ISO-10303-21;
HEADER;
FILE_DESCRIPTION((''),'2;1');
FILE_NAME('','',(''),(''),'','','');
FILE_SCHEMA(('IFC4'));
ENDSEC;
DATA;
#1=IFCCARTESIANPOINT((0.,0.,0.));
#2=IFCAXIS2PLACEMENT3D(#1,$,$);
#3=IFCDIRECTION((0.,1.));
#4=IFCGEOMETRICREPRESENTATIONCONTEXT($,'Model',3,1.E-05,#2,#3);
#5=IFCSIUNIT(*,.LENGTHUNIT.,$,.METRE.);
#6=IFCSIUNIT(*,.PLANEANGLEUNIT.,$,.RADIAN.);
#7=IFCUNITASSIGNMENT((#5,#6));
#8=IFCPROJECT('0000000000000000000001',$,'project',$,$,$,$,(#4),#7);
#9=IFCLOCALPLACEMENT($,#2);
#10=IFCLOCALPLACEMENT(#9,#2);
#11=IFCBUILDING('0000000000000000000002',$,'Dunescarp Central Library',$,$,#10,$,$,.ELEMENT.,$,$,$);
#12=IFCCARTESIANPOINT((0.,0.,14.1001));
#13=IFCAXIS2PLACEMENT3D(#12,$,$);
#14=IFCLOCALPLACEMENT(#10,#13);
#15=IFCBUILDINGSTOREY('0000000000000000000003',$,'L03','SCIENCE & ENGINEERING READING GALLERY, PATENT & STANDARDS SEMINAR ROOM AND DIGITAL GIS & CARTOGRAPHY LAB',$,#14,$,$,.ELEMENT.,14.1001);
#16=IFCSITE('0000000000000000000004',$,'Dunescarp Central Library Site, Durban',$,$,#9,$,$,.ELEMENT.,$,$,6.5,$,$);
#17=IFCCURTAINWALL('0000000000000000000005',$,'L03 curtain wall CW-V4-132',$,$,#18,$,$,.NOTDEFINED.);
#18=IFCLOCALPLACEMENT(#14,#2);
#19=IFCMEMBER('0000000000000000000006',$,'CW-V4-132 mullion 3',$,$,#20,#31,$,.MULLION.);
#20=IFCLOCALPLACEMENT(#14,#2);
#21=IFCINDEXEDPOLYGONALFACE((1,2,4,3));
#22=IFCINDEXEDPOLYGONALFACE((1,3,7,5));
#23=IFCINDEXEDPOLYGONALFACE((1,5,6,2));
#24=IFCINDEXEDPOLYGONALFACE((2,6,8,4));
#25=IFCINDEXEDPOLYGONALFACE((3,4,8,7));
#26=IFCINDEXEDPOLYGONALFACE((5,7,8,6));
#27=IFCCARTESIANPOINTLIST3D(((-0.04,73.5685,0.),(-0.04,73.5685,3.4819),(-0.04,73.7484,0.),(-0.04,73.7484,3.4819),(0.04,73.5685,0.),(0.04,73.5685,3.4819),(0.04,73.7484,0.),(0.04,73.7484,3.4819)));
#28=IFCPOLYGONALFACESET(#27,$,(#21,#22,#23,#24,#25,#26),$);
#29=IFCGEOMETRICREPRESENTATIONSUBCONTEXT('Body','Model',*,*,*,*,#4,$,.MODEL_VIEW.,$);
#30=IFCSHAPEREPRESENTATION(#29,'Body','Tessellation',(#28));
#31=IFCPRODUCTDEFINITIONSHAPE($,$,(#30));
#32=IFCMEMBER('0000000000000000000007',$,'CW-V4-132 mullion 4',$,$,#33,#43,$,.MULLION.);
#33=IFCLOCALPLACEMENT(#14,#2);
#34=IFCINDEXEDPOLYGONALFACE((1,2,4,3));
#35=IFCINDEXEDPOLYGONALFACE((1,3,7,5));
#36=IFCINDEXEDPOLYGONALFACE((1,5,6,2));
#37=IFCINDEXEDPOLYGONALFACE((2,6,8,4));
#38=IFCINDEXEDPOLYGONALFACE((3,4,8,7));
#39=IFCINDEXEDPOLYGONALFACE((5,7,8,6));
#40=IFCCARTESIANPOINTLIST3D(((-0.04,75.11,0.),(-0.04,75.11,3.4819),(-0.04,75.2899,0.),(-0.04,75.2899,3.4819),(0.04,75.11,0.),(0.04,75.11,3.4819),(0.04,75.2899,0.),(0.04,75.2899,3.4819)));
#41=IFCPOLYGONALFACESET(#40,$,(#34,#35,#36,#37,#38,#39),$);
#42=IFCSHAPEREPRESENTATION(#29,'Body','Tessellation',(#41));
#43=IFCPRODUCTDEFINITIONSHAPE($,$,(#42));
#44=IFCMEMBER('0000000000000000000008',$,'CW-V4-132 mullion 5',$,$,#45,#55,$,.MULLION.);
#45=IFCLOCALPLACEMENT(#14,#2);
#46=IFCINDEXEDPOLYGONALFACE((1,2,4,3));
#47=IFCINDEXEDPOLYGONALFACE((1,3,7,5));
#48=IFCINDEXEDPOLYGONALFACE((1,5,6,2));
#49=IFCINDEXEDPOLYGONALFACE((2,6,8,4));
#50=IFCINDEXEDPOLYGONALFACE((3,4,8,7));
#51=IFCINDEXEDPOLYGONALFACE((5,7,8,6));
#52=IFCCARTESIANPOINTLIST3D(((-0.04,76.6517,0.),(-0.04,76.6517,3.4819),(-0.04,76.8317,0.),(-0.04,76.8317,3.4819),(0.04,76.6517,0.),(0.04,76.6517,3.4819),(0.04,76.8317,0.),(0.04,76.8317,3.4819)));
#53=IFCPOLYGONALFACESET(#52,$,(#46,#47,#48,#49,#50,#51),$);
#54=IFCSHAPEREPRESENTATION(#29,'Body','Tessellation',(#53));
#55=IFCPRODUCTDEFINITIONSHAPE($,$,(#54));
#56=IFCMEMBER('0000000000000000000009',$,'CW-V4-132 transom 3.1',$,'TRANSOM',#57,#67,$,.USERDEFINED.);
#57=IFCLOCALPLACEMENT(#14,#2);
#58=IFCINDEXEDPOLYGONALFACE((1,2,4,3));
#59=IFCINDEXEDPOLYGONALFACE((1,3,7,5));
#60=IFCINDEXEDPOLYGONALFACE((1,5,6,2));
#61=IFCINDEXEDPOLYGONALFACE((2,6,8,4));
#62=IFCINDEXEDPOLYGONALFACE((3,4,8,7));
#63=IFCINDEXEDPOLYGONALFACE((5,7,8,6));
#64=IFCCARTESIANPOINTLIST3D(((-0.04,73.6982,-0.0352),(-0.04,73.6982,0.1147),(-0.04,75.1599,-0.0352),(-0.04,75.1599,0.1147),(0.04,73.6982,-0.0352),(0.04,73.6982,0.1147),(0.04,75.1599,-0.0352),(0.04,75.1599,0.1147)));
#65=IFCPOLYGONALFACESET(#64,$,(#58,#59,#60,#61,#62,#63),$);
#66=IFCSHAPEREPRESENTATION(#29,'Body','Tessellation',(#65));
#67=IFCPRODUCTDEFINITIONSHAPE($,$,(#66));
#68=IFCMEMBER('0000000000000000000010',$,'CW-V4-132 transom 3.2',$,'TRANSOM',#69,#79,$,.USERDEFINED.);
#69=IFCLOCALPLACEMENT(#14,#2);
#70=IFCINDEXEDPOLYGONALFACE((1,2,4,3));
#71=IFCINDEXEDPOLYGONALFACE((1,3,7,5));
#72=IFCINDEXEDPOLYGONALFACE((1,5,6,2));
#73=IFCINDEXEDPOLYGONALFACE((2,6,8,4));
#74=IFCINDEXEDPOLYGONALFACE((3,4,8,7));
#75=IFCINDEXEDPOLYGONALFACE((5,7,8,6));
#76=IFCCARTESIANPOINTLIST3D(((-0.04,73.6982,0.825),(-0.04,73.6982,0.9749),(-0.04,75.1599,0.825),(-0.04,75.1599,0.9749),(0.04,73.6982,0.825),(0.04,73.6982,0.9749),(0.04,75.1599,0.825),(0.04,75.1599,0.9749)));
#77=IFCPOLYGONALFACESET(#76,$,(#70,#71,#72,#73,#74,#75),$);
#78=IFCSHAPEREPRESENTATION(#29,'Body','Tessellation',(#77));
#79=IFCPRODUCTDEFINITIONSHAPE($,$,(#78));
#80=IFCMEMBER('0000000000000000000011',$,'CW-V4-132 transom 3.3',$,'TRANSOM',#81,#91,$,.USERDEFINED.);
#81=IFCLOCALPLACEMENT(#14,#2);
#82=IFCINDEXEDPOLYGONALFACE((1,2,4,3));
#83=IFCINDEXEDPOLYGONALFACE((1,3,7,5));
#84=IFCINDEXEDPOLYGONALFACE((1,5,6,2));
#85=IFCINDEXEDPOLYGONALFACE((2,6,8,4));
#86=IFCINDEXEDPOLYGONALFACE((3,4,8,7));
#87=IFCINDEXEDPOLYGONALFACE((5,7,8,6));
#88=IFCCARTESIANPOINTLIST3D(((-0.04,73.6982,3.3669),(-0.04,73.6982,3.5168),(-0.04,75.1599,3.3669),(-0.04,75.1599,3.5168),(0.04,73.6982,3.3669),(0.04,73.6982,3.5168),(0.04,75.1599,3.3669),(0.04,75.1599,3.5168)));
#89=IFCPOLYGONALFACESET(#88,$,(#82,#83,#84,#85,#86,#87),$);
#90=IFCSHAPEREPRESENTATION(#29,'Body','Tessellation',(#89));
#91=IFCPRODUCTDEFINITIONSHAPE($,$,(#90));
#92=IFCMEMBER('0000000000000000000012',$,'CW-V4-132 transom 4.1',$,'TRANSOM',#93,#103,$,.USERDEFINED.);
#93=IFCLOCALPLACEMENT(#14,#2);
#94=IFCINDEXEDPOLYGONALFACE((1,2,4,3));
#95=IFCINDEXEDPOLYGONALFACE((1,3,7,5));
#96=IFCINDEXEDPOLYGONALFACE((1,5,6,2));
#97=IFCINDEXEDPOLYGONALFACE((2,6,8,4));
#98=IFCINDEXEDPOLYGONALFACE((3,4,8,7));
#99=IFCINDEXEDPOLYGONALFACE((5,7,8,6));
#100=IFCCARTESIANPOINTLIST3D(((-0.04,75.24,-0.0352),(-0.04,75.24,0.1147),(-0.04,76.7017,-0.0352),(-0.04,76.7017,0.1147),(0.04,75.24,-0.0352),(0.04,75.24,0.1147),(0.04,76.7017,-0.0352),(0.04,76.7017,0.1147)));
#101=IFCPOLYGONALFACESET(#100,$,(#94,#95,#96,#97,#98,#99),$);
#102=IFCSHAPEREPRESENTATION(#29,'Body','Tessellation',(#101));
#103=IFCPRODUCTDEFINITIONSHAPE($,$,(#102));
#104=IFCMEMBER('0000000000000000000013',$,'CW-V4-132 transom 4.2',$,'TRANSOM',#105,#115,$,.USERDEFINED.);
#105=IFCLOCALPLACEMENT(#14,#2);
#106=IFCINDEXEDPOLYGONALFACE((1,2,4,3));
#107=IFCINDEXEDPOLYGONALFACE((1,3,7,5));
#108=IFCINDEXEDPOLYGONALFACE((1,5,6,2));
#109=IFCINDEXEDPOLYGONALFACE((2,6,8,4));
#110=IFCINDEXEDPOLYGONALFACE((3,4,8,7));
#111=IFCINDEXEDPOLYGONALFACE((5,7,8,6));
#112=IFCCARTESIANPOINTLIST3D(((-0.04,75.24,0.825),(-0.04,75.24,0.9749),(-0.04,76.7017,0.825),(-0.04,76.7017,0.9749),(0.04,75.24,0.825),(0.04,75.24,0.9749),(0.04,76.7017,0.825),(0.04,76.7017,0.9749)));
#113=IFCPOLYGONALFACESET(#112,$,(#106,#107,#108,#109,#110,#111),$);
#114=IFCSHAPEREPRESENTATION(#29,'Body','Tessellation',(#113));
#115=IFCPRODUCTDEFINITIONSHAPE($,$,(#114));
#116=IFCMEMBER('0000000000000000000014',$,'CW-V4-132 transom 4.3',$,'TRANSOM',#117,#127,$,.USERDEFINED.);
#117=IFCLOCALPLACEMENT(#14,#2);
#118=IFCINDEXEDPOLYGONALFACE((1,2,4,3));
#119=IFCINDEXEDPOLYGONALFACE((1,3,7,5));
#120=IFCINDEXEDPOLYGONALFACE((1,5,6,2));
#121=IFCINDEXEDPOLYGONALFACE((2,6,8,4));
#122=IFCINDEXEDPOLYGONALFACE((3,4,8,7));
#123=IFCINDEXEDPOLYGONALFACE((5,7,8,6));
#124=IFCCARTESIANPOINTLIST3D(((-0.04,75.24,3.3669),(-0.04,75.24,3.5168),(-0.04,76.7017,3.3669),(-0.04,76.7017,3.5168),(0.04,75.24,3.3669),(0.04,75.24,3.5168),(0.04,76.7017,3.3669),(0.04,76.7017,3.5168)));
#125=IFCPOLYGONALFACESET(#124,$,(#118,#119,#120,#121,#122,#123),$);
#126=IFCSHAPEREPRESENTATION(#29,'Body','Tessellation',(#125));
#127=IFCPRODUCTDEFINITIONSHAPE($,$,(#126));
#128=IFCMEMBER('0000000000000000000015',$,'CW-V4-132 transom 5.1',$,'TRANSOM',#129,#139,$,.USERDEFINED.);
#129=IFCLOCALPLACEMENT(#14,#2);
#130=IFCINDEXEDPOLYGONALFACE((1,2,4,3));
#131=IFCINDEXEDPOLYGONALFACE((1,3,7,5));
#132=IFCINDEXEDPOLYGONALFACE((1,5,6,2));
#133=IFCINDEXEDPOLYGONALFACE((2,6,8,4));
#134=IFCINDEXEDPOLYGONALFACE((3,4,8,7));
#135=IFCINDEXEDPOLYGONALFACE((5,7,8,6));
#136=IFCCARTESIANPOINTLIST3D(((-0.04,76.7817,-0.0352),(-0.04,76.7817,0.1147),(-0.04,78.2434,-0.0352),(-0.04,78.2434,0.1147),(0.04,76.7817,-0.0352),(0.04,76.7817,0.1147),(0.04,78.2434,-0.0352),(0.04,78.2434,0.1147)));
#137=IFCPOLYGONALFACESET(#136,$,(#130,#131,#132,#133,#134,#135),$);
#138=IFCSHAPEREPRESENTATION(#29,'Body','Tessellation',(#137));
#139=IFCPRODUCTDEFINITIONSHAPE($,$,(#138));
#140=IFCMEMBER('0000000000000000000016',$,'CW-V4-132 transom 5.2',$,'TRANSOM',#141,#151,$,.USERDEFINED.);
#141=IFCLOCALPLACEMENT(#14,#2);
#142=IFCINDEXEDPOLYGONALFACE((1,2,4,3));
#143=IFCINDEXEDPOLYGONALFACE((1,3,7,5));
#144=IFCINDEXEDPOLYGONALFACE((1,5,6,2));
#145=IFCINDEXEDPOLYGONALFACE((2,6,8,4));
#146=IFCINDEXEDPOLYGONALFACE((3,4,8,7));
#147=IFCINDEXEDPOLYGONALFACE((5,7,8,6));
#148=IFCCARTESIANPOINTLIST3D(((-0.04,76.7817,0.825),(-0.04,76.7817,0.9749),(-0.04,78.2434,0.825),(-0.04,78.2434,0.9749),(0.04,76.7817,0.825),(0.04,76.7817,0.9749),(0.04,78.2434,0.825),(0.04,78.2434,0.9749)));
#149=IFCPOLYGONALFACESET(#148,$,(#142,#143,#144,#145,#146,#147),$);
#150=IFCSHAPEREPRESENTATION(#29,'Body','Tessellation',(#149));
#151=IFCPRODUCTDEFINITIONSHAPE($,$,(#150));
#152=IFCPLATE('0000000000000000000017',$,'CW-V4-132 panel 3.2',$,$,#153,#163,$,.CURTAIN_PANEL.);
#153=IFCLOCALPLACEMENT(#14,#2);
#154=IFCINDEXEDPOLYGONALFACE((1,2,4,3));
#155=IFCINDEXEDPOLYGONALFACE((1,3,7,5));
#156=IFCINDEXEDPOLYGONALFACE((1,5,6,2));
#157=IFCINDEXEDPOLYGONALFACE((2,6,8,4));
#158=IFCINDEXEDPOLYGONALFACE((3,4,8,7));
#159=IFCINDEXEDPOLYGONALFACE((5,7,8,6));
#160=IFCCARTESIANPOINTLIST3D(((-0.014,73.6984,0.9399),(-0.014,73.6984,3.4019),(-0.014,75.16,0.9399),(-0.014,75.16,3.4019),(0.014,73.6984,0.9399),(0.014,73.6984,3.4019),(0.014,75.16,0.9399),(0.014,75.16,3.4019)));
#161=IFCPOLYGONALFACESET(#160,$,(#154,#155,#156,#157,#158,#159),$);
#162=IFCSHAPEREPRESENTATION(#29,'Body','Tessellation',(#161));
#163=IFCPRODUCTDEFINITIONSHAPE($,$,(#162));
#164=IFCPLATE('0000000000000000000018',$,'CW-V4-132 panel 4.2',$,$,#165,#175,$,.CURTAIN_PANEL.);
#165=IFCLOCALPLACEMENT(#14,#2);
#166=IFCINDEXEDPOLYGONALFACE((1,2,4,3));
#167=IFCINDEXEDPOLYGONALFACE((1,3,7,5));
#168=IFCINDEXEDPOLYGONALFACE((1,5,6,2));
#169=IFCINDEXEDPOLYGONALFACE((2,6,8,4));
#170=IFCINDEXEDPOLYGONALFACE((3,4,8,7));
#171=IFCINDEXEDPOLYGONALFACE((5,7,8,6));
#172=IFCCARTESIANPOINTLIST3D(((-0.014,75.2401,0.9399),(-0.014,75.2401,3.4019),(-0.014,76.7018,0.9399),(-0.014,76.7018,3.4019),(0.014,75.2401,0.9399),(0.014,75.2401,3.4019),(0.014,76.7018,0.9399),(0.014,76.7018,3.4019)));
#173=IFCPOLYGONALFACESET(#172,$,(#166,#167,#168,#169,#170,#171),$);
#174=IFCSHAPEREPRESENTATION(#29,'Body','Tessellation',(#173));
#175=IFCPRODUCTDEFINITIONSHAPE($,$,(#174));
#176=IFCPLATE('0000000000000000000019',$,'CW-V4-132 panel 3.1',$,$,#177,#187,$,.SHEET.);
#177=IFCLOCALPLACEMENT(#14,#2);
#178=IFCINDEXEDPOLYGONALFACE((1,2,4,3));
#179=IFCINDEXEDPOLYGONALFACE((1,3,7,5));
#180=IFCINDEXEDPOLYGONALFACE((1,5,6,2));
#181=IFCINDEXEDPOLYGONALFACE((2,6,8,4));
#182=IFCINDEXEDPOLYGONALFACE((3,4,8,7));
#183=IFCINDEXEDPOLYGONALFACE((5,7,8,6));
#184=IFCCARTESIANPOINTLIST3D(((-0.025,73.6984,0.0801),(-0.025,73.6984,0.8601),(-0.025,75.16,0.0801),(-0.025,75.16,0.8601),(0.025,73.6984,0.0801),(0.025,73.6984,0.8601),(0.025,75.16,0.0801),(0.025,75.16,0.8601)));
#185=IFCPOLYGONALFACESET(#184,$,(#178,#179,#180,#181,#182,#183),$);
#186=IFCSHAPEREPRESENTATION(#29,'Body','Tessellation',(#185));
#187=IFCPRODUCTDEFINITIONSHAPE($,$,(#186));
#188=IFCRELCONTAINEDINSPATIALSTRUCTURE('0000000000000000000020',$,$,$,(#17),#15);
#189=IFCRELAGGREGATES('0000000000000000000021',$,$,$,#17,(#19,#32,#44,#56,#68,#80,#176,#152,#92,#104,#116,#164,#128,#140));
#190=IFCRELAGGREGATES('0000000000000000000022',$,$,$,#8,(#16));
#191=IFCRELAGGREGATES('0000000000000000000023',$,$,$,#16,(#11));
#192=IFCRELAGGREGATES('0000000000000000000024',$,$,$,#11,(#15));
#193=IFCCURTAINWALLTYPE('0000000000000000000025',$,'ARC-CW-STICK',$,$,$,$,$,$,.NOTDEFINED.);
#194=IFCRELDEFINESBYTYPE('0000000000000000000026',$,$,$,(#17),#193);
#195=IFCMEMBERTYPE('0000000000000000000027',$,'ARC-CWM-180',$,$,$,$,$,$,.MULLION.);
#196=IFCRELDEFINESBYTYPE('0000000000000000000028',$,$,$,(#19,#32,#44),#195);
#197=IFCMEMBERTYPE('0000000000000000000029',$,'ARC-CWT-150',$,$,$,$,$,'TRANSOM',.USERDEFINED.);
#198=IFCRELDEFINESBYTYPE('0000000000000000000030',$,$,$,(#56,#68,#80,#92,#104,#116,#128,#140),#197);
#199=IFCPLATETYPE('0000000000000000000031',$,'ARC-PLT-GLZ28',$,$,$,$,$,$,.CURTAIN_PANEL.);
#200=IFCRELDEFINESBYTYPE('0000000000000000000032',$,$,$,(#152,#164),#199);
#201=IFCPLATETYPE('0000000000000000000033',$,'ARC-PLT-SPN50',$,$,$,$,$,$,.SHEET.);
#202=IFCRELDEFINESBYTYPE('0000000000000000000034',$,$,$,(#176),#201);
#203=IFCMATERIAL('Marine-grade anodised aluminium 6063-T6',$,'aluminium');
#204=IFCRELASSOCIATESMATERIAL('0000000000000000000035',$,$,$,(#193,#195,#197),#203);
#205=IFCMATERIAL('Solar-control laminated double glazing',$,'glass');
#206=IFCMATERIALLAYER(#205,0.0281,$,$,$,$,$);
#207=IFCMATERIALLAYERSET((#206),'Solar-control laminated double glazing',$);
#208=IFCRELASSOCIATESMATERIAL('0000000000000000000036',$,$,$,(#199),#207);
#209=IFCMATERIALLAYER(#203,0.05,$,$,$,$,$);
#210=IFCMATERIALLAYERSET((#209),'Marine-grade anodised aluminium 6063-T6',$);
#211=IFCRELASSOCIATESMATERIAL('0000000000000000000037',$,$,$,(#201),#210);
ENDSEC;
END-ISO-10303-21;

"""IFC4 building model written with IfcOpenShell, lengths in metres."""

from ifc_helpers import new_model, si_unit, direction, frame, origin, origin_2d, place, context, subcontext, project, spatial, rectangle, extrude, material, layer, layer_set, material_profile, profile_set, type_object, element, aggregate, save


model = new_model("IFC4")

# Units and contexts
model_context = context("Model", 3, precision=1e-05, world=origin(), true_north=direction((0.0, 1.0)))
body_context = subcontext(model_context, "Body", "Model", "MODEL_VIEW")
ifc_project = project(units=[si_unit("LENGTHUNIT", "METRE"), si_unit("PLANEANGLEUNIT", "RADIAN")], contexts=[model_context])

# Site, building, storey
site_placement = place(None, origin())
site = spatial("IfcSite", under=ifc_project, at=site_placement, Name="Dunescarp Central Library Site, Durban", CompositionType="ELEMENT", RefElevation=6.5)
building_placement = place(site_placement, origin())
building = spatial("IfcBuilding", under=site, at=building_placement, Name="Dunescarp Central Library", CompositionType="ELEMENT")
storey_placement = place(building_placement, frame((0.0, 0.0, 14.1001)))
storey = spatial("IfcBuildingStorey", under=building, at=storey_placement, Name="L03", Description="SCIENCE & ENGINEERING READING GALLERY, PATENT & STANDARDS SEMINAR ROOM AND DIGITAL GIS & CARTOGRAPHY LAB", CompositionType="ELEMENT", Elevation=14.1001)

# Curtain wall, members, plates
ifc_material_1 = material(Name="Marine-grade anodised aluminium 6063-T6", Category="aluminium")
curtain_wall_type = type_object("IfcCurtainWallType", Name="ARC-CW-STICK", PredefinedType="NOTDEFINED", material=ifc_material_1)
curtain_wall_placement = place(storey_placement, origin())
curtain_wall = element("IfcCurtainWall", 1, at=curtain_wall_placement, inside=storey, type_object=curtain_wall_type, Name="L03 curtain wall CW-V4-132", PredefinedType="NOTDEFINED")
ifc_material_profile_1 = material_profile(ifc_material_1, rectangle(XDim=0.0801, YDim=0.1799, at=origin_2d()), Name="AL 80x180")
ifc_profile_set_1 = profile_set([ifc_material_profile_1], Name="Marine-grade anodised aluminium 6063-T6")
member_type_1 = type_object("IfcMemberType", Name="ARC-CWM-180", PredefinedType="MULLION", material=ifc_profile_set_1)
member_1_placement = place(storey_placement, frame((0.0, 73.6584, 0.0), z_axis=(0.0, 0.0, 1.0), x_axis=(-1.0, 0.0, 0.0)))
member_1 = element("IfcMember", 2, at=member_1_placement, type_object=member_type_1, Name="CW-V4-132 mullion 3", PredefinedType="MULLION", context=body_context, shape_type="SweptSolid", body=[
    extrude(rectangle(XDim=0.0801, YDim=0.1799, at=origin_2d()), origin(), (0.0, 0.0, 1.0), 3.4819),
])
member_2_placement = place(storey_placement, frame((0.0, 75.2, 0.0), z_axis=(0.0, 0.0, 1.0), x_axis=(-1.0, 0.0, 0.0)))
member_2 = element("IfcMember", 3, at=member_2_placement, type_object=member_type_1, Name="CW-V4-132 mullion 4", PredefinedType="MULLION", context=body_context, shape_type="SweptSolid", body=[
    extrude(rectangle(XDim=0.0801, YDim=0.1799, at=origin_2d()), origin(), (0.0, 0.0, 1.0), 3.4819),
])
member_3_placement = place(storey_placement, frame((0.0, 76.7417, 0.0), z_axis=(0.0, 0.0, 1.0), x_axis=(-1.0, 0.0, 0.0)))
member_3 = element("IfcMember", 4, at=member_3_placement, type_object=member_type_1, Name="CW-V4-132 mullion 5", PredefinedType="MULLION", context=body_context, shape_type="SweptSolid", body=[
    extrude(rectangle(XDim=0.0801, YDim=0.1799, at=origin_2d()), origin(), (0.0, 0.0, 1.0), 3.4819),
])
ifc_material_profile_2 = material_profile(ifc_material_1, rectangle(XDim=0.0801, YDim=0.1499, at=origin_2d()), Name="AL 80x150")
ifc_profile_set_2 = profile_set([ifc_material_profile_2], Name="Marine-grade anodised aluminium 6063-T6")
member_type_2 = type_object("IfcMemberType", Name="ARC-CWT-150", ElementType="TRANSOM", PredefinedType="USERDEFINED", material=ifc_profile_set_2)
member_4_placement = place(storey_placement, frame((0.0, 73.6982, 0.0398), z_axis=(0.0, 1.0, 0.0), x_axis=(-1.0, 0.0, 0.0)))
member_4 = element("IfcMember", 5, at=member_4_placement, type_object=member_type_2, Name="CW-V4-132 transom 3.1", ObjectType="TRANSOM", PredefinedType="USERDEFINED", context=body_context, shape_type="SweptSolid", body=[
    extrude(rectangle(XDim=0.0801, YDim=0.1499, at=origin_2d()), origin(), (0.0, 0.0, 1.0), 1.4617),
])
member_5_placement = place(storey_placement, frame((0.0, 73.6982, 0.8999), z_axis=(0.0, 1.0, 0.0), x_axis=(-1.0, 0.0, 0.0)))
member_5 = element("IfcMember", 6, at=member_5_placement, type_object=member_type_2, Name="CW-V4-132 transom 3.2", ObjectType="TRANSOM", PredefinedType="USERDEFINED", context=body_context, shape_type="SweptSolid", body=[
    extrude(rectangle(XDim=0.0801, YDim=0.1499, at=origin_2d()), origin(), (0.0, 0.0, 1.0), 1.4617),
])
member_6_placement = place(storey_placement, frame((0.0, 73.6982, 3.4419), z_axis=(0.0, 1.0, 0.0), x_axis=(-1.0, 0.0, 0.0)))
member_6 = element("IfcMember", 7, at=member_6_placement, type_object=member_type_2, Name="CW-V4-132 transom 3.3", ObjectType="TRANSOM", PredefinedType="USERDEFINED", context=body_context, shape_type="SweptSolid", body=[
    extrude(rectangle(XDim=0.0801, YDim=0.1499, at=origin_2d()), origin(), (0.0, 0.0, 1.0), 1.4617),
])
member_7_placement = place(storey_placement, frame((0.0, 75.24, 0.0398), z_axis=(0.0, 1.0, 0.0), x_axis=(-1.0, 0.0, 0.0)))
member_7 = element("IfcMember", 8, at=member_7_placement, type_object=member_type_2, Name="CW-V4-132 transom 4.1", ObjectType="TRANSOM", PredefinedType="USERDEFINED", context=body_context, shape_type="SweptSolid", body=[
    extrude(rectangle(XDim=0.0801, YDim=0.1499, at=origin_2d()), origin(), (0.0, 0.0, 1.0), 1.4617),
])
member_8_placement = place(storey_placement, frame((0.0, 75.24, 0.8999), z_axis=(0.0, 1.0, 0.0), x_axis=(-1.0, 0.0, 0.0)))
member_8 = element("IfcMember", 9, at=member_8_placement, type_object=member_type_2, Name="CW-V4-132 transom 4.2", ObjectType="TRANSOM", PredefinedType="USERDEFINED", context=body_context, shape_type="SweptSolid", body=[
    extrude(rectangle(XDim=0.0801, YDim=0.1499, at=origin_2d()), origin(), (0.0, 0.0, 1.0), 1.4617),
])
member_9_placement = place(storey_placement, frame((0.0, 75.24, 3.4419), z_axis=(0.0, 1.0, 0.0), x_axis=(-1.0, 0.0, 0.0)))
member_9 = element("IfcMember", 10, at=member_9_placement, type_object=member_type_2, Name="CW-V4-132 transom 4.3", ObjectType="TRANSOM", PredefinedType="USERDEFINED", context=body_context, shape_type="SweptSolid", body=[
    extrude(rectangle(XDim=0.0801, YDim=0.1499, at=origin_2d()), origin(), (0.0, 0.0, 1.0), 1.4617),
])
member_10_placement = place(storey_placement, frame((0.0, 76.7817, 0.0398), z_axis=(0.0, 1.0, 0.0), x_axis=(-1.0, 0.0, 0.0)))
member_10 = element("IfcMember", 11, at=member_10_placement, type_object=member_type_2, Name="CW-V4-132 transom 5.1", ObjectType="TRANSOM", PredefinedType="USERDEFINED", context=body_context, shape_type="SweptSolid", body=[
    extrude(rectangle(XDim=0.0801, YDim=0.1499, at=origin_2d()), origin(), (0.0, 0.0, 1.0), 1.4617),
])
member_11_placement = place(storey_placement, frame((0.0, 76.7817, 0.8999), z_axis=(0.0, 1.0, 0.0), x_axis=(-1.0, 0.0, 0.0)))
member_11 = element("IfcMember", 12, at=member_11_placement, type_object=member_type_2, Name="CW-V4-132 transom 5.2", ObjectType="TRANSOM", PredefinedType="USERDEFINED", context=body_context, shape_type="SweptSolid", body=[
    extrude(rectangle(XDim=0.0801, YDim=0.1499, at=origin_2d()), origin(), (0.0, 0.0, 1.0), 1.4617),
])
ifc_material_2 = material(Name="Solar-control laminated double glazing", Category="glass")
ifc_layer_1 = layer(ifc_material_2, 0.0281)
ifc_layer_set_1 = layer_set([ifc_layer_1], Name="Solar-control laminated double glazing")
plate_type_1 = type_object("IfcPlateType", Name="ARC-PLT-GLZ28", PredefinedType="CURTAIN_PANEL", material=ifc_layer_set_1)
plate_1_placement = place(storey_placement, frame((0.0, 74.4292, 0.9399), z_axis=(0.0, 0.0, 1.0), x_axis=(0.0, 1.0, 0.0)))
plate_1 = element("IfcPlate", 13, at=plate_1_placement, type_object=plate_type_1, Name="CW-V4-132 panel 3.2", PredefinedType="CURTAIN_PANEL", context=body_context, shape_type="SweptSolid", body=[
    extrude(rectangle(XDim=1.4617, YDim=0.0281, at=origin_2d()), origin(), (0.0, 0.0, 1.0), 2.4619),
])
plate_2_placement = place(storey_placement, frame((0.0, 75.9709, 0.9399), z_axis=(0.0, 0.0, 1.0), x_axis=(0.0, 1.0, 0.0)))
plate_2 = element("IfcPlate", 14, at=plate_2_placement, type_object=plate_type_1, Name="CW-V4-132 panel 4.2", PredefinedType="CURTAIN_PANEL", context=body_context, shape_type="SweptSolid", body=[
    extrude(rectangle(XDim=1.4617, YDim=0.0281, at=origin_2d()), origin(), (0.0, 0.0, 1.0), 2.4619),
])
ifc_layer_2 = layer(ifc_material_1, 0.05)
ifc_layer_set_2 = layer_set([ifc_layer_2], Name="Marine-grade anodised aluminium 6063-T6")
plate_type_2 = type_object("IfcPlateType", Name="ARC-PLT-SPN50", PredefinedType="SHEET", material=ifc_layer_set_2)
plate_3_placement = place(storey_placement, frame((0.0, 74.4292, 0.0801), z_axis=(0.0, 0.0, 1.0), x_axis=(0.0, 1.0, 0.0)))
plate_3 = element("IfcPlate", 15, at=plate_3_placement, type_object=plate_type_2, Name="CW-V4-132 panel 3.1", PredefinedType="SHEET", context=body_context, shape_type="SweptSolid", body=[
    extrude(rectangle(XDim=1.4617, YDim=0.05, at=origin_2d()), origin(), (0.0, 0.0, 1.0), 0.78),
])
aggregate(curtain_wall, [member_1, member_2, member_3, member_4, member_5, member_6, plate_3, plate_1, member_7, member_8, member_9, plate_2, member_10, member_11])

save(model, "model.ifc")
